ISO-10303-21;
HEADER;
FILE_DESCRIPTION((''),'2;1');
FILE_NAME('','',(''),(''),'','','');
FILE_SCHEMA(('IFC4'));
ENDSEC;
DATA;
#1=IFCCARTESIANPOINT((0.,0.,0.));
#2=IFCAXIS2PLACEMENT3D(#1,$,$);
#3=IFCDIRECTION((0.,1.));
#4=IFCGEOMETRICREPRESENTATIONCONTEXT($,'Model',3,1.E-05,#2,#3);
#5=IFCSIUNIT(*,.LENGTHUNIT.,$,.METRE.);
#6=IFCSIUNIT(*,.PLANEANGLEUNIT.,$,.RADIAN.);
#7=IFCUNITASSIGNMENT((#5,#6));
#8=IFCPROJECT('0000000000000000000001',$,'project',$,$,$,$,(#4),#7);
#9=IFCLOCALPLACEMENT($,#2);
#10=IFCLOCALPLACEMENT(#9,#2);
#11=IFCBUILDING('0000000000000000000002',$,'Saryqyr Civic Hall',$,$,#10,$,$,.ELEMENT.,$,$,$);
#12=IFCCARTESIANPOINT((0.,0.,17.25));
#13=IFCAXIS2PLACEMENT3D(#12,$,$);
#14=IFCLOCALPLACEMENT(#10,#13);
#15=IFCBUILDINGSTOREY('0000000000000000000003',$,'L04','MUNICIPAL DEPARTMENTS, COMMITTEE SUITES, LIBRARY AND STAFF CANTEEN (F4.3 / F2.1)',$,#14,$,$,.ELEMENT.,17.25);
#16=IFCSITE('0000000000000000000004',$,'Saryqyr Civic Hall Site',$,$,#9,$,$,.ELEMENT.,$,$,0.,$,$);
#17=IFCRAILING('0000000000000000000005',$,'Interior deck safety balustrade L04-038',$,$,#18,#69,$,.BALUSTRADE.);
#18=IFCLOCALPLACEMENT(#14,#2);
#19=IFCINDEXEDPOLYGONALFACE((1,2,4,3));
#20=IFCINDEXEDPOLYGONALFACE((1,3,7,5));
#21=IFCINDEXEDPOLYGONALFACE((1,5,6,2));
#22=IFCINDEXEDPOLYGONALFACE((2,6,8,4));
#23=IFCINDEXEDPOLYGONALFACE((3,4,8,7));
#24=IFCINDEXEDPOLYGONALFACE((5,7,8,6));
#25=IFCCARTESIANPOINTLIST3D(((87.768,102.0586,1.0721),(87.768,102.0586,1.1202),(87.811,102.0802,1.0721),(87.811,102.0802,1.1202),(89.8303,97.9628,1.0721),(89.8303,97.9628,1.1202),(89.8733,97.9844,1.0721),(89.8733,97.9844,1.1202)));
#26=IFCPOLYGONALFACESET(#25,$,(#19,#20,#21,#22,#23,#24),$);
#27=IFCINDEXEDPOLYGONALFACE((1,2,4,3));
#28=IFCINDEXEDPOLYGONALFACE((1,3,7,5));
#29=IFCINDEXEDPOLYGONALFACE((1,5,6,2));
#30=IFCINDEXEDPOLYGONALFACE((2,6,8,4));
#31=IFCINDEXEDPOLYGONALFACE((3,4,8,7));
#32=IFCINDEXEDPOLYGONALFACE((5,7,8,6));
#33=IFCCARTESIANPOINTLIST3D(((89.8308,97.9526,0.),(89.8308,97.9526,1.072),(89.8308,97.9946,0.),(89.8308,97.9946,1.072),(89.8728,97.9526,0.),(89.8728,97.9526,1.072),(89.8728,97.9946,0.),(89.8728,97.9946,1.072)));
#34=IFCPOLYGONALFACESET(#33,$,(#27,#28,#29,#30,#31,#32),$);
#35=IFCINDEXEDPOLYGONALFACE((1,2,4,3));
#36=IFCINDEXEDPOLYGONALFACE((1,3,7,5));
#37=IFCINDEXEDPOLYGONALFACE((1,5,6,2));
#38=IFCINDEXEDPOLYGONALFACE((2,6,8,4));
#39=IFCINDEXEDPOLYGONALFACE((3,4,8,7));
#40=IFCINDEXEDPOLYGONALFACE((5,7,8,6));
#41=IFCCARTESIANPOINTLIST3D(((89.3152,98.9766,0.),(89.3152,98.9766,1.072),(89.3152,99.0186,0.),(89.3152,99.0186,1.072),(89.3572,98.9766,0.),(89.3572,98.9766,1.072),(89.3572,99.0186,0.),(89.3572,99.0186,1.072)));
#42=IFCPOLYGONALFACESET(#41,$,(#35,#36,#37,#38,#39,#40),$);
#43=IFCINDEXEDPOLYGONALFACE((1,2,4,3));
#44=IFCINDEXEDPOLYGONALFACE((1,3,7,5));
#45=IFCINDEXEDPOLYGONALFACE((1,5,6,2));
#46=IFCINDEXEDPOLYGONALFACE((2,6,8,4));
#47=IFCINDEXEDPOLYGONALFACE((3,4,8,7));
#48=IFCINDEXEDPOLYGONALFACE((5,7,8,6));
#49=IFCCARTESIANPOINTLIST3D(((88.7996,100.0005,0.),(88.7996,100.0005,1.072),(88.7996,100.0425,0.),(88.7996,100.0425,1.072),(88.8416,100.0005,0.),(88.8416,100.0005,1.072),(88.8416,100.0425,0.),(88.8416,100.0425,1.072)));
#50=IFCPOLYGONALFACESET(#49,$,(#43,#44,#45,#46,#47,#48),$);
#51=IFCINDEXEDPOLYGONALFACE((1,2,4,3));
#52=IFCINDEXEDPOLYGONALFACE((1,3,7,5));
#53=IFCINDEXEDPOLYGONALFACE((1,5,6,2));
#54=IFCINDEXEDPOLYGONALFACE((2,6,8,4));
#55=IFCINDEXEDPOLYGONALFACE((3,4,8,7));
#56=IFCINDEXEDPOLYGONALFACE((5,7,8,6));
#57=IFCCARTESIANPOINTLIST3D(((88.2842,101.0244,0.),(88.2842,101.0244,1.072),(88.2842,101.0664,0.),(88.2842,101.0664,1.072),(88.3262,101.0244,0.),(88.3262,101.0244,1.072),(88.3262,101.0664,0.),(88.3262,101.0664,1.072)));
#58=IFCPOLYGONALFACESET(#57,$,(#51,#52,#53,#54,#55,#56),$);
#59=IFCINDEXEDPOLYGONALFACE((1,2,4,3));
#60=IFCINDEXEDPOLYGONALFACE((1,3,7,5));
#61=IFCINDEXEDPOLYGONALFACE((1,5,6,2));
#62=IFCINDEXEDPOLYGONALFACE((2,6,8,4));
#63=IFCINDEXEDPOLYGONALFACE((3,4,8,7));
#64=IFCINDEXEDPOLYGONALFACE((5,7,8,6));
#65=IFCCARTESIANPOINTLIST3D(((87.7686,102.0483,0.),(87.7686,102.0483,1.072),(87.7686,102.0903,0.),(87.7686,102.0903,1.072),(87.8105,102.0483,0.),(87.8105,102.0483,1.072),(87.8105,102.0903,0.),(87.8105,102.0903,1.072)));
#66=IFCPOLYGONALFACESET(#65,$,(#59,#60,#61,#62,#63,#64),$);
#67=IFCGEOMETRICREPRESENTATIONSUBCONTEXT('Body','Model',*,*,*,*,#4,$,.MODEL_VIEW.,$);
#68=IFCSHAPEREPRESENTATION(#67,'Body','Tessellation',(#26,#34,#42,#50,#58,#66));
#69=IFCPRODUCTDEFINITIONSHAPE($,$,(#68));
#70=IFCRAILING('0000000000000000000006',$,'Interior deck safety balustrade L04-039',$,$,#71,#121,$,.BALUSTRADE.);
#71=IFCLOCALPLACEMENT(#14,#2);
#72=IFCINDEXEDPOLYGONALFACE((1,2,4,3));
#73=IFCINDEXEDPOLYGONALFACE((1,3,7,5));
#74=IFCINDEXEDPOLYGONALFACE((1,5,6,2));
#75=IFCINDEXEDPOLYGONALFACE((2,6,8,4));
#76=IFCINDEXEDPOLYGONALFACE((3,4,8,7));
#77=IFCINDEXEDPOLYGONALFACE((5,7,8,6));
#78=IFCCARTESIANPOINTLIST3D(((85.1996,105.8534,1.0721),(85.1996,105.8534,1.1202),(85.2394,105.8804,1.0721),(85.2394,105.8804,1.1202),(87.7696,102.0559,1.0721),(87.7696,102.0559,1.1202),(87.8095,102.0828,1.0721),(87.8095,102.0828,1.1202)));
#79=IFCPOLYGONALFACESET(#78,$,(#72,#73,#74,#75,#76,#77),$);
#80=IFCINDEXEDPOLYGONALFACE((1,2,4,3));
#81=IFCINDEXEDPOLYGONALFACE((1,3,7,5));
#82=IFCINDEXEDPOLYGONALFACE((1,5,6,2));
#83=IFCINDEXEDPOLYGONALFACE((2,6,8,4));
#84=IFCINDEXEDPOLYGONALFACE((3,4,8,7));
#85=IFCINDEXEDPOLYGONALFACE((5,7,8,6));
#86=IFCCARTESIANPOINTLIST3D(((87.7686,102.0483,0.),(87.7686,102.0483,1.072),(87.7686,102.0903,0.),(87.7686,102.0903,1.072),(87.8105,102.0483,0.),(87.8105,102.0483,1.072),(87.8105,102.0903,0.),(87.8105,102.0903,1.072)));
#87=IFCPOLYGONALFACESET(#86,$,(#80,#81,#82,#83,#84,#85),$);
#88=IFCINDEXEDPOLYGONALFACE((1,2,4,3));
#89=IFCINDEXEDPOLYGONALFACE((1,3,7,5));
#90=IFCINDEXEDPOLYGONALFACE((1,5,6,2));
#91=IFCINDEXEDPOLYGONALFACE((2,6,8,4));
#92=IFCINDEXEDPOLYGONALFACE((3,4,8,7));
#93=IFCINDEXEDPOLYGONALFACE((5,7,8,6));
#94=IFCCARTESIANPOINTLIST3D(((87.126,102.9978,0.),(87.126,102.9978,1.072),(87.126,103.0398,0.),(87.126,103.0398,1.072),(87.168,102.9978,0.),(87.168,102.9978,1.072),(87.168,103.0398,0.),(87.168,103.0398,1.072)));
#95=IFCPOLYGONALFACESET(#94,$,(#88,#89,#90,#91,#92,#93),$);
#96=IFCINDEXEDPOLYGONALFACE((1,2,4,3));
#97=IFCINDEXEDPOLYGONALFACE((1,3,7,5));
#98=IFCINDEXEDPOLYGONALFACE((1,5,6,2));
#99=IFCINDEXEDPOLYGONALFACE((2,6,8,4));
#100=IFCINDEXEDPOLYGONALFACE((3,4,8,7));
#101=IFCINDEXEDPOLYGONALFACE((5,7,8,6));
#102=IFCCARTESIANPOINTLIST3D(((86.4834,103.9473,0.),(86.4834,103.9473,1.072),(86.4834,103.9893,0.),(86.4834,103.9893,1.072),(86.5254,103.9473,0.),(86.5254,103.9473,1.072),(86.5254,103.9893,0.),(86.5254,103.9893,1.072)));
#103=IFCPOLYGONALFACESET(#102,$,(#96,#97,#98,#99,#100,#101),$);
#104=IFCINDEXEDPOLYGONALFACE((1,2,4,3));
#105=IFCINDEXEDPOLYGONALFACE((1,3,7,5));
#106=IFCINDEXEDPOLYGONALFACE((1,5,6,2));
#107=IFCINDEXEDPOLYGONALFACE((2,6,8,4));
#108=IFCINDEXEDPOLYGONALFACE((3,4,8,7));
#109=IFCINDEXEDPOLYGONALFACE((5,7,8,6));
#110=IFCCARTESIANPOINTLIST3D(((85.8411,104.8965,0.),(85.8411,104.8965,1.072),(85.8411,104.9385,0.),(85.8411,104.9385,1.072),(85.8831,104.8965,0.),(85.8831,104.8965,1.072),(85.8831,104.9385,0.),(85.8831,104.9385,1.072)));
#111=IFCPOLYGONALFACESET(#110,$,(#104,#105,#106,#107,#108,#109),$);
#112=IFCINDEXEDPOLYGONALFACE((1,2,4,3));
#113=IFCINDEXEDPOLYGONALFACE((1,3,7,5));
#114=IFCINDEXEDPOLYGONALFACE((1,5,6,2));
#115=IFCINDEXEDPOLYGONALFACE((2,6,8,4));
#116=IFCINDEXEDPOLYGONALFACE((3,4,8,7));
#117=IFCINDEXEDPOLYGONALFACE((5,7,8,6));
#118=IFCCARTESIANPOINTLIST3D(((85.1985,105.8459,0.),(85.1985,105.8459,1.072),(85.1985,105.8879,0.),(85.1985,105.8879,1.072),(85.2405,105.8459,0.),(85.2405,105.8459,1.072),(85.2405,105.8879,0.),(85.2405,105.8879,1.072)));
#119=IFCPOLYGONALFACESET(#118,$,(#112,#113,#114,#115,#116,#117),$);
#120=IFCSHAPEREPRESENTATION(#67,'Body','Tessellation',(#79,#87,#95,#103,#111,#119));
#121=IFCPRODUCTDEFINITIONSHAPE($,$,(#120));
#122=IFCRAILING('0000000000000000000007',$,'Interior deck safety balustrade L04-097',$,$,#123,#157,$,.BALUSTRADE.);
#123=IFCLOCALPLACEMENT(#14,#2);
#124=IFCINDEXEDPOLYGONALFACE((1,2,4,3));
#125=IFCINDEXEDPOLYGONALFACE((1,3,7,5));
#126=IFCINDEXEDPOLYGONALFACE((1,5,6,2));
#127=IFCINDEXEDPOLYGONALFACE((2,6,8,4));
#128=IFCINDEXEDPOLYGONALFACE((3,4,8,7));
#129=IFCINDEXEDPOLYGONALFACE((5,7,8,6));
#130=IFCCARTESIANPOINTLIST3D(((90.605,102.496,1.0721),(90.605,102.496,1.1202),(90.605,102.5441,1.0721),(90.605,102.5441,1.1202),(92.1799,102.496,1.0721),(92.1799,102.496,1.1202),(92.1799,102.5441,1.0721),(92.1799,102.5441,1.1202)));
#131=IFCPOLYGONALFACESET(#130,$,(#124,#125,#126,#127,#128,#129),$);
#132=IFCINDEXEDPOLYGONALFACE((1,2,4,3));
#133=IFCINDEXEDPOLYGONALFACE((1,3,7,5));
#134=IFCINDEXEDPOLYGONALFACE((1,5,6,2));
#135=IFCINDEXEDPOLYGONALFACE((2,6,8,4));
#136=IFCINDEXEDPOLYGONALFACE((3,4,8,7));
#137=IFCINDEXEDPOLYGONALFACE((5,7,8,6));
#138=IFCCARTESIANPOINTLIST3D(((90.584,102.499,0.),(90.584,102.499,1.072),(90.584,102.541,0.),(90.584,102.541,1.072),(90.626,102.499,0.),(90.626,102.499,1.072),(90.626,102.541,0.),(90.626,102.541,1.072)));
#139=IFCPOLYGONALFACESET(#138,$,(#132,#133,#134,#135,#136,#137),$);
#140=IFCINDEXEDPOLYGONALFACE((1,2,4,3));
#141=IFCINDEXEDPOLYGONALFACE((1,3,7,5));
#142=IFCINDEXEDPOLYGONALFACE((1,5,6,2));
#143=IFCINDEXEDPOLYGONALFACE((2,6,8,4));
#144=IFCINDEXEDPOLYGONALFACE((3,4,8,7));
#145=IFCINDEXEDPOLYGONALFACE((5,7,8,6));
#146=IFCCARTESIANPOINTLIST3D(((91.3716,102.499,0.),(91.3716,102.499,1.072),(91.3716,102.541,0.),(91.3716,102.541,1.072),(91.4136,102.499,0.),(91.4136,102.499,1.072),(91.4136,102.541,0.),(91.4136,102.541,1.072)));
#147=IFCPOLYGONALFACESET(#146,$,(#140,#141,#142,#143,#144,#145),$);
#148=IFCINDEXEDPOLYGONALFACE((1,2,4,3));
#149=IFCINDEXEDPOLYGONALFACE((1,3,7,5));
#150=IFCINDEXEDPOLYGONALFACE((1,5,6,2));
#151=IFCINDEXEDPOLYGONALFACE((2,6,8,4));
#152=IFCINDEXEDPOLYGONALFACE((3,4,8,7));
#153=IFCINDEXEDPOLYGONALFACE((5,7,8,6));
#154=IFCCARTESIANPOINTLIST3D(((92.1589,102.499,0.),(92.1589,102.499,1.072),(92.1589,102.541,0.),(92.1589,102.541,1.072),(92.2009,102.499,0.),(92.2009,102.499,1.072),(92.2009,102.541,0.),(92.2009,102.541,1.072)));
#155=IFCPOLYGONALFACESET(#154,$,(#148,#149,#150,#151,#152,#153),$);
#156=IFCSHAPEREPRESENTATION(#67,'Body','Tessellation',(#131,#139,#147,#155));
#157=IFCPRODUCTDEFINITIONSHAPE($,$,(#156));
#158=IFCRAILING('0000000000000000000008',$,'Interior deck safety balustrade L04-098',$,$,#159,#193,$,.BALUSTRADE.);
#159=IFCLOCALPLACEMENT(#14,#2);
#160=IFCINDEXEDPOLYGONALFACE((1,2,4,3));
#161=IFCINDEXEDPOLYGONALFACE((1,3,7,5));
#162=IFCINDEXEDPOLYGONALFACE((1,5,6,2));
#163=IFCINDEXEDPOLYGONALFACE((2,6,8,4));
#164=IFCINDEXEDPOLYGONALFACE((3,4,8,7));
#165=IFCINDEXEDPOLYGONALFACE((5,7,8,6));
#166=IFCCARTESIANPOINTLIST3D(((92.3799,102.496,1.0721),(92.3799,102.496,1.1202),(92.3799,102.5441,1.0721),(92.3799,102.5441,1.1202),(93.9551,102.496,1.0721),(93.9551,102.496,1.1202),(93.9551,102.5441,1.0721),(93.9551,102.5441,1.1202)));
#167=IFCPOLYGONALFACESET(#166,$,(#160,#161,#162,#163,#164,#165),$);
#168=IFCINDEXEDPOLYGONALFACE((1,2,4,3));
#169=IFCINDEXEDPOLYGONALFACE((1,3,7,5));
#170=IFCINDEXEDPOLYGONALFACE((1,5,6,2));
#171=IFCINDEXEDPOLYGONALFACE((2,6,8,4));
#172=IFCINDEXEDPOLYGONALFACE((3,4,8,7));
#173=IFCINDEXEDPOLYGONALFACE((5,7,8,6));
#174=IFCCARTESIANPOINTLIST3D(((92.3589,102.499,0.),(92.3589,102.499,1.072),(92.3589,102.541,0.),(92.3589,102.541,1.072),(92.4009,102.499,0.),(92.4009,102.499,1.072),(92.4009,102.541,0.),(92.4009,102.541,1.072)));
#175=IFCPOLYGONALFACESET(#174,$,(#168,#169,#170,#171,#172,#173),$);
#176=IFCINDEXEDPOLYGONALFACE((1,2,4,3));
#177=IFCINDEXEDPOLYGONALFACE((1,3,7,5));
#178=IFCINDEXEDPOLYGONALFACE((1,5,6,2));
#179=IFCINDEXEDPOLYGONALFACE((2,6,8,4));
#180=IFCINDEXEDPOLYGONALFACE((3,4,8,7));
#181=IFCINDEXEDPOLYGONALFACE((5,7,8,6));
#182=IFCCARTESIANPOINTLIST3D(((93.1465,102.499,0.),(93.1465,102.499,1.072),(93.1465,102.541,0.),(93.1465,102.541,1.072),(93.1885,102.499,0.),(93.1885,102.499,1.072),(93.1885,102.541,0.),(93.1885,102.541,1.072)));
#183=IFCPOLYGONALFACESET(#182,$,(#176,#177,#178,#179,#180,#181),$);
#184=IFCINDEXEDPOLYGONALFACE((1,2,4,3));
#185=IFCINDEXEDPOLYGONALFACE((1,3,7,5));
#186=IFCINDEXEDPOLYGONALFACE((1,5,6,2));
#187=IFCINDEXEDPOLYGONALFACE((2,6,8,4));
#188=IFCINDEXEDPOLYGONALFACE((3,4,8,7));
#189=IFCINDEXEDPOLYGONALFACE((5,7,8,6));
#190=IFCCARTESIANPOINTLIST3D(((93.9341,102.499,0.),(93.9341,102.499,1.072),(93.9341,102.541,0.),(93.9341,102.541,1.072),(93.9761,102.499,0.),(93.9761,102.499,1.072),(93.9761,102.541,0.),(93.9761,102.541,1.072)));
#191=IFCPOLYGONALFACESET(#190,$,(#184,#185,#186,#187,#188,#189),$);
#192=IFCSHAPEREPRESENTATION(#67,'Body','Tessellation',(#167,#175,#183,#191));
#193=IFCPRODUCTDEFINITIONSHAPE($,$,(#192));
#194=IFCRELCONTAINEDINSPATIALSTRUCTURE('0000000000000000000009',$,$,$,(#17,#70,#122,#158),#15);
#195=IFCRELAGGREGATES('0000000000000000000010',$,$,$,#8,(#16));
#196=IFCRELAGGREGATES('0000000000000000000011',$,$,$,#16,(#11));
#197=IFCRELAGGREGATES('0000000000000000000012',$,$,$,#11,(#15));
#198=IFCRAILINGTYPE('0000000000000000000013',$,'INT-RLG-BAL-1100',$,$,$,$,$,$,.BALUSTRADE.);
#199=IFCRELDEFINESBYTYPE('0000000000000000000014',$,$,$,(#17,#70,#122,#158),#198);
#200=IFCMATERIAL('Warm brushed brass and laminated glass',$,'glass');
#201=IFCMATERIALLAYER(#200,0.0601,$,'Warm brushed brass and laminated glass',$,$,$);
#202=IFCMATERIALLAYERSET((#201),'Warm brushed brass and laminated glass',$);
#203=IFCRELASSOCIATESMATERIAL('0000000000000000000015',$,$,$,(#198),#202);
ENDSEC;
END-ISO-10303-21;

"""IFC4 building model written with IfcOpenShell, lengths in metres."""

from ifc_helpers import new_model, si_unit, direction, frame, origin, origin_2d, place, context, subcontext, project, spatial, rectangle, extrude, material, layer, layer_set, type_object, element, save


model = new_model("IFC4")

# Units and contexts
model_context = context("Model", 3, precision=1e-05, world=origin(), true_north=direction((0.0, 1.0)))
body_context = subcontext(model_context, "Body", "Model", "MODEL_VIEW")
ifc_project = project(units=[si_unit("LENGTHUNIT", "METRE"), si_unit("PLANEANGLEUNIT", "RADIAN")], contexts=[model_context])

# Site, building, storey
site_placement = place(None, origin())
site = spatial("IfcSite", under=ifc_project, at=site_placement, Name="Saryqyr Civic Hall Site", CompositionType="ELEMENT", RefElevation=0.0)
building_placement = place(site_placement, origin())
building = spatial("IfcBuilding", under=site, at=building_placement, Name="Saryqyr Civic Hall", CompositionType="ELEMENT")
storey_placement = place(building_placement, frame((0.0, 0.0, 17.25)))
storey = spatial("IfcBuildingStorey", under=building, at=storey_placement, Name="L04", Description="MUNICIPAL DEPARTMENTS, COMMITTEE SUITES, LIBRARY AND STAFF CANTEEN (F4.3 / F2.1)", CompositionType="ELEMENT", Elevation=17.25)

# Railings
ifc_material_1 = material(Name="Warm brushed brass and laminated glass", Category="glass")
ifc_layer_1 = layer(ifc_material_1, 0.0601, Name="Warm brushed brass and laminated glass")
ifc_layer_set_1 = layer_set([ifc_layer_1], Name="Warm brushed brass and laminated glass")
railing_type = type_object("IfcRailingType", Name="INT-RLG-BAL-1100", PredefinedType="BALUSTRADE", material=ifc_layer_set_1)
railing_1_placement = place(storey_placement, frame((89.8518, 97.9736, 0.0)))
element("IfcRailing", 1, at=railing_1_placement, inside=storey, type_object=railing_type, Name="Interior deck safety balustrade L04-038", PredefinedType="BALUSTRADE", context=body_context, shape_type="SweptSolid", body=[
    extrude(rectangle(XDim=0.0481, YDim=0.0481, at=origin_2d()), frame((0.0, 0.0, 1.0962), z_axis=(-0.449725, 0.893167, 0.0), x_axis=(-0.893167, -0.449725, 0.0)), (0.0, 0.0, 1.0), 4.5857),
    extrude(rectangle(XDim=0.042, YDim=0.042, at=origin_2d()), origin(), (0.0, 0.0, 1.0), 1.072),
    extrude(rectangle(XDim=0.042, YDim=0.042, at=origin_2d()), frame((-0.5156, 1.0239, 0.0)), (0.0, 0.0, 1.0), 1.072),
    extrude(rectangle(XDim=0.042, YDim=0.042, at=origin_2d()), frame((-1.0312, 2.0479, 0.0)), (0.0, 0.0, 1.0), 1.072),
    extrude(rectangle(XDim=0.042, YDim=0.042, at=origin_2d()), frame((-1.5466, 3.0718, 0.0)), (0.0, 0.0, 1.0), 1.072),
    extrude(rectangle(XDim=0.042, YDim=0.042, at=origin_2d()), frame((-2.0623, 4.0957, 0.0)), (0.0, 0.0, 1.0), 1.072),
])
railing_2_placement = place(storey_placement, frame((87.7896, 102.0693, 0.0)))
element("IfcRailing", 2, at=railing_2_placement, inside=storey, type_object=railing_type, Name="Interior deck safety balustrade L04-039", PredefinedType="BALUSTRADE", context=body_context, shape_type="SweptSolid", body=[
    extrude(rectangle(XDim=0.0481, YDim=0.0481, at=origin_2d()), frame((0.0, 0.0, 1.0962), z_axis=(-0.560474, 0.828172, 0.0), x_axis=(-0.828172, -0.560474, 0.0)), (0.0, 0.0, 1.0), 4.5854),
    extrude(rectangle(XDim=0.042, YDim=0.042, at=origin_2d()), origin(), (0.0, 0.0, 1.0), 1.072),
    extrude(rectangle(XDim=0.042, YDim=0.042, at=origin_2d()), frame((-0.6426, 0.9495, 0.0)), (0.0, 0.0, 1.0), 1.072),
    extrude(rectangle(XDim=0.042, YDim=0.042, at=origin_2d()), frame((-1.2852, 1.8989, 0.0)), (0.0, 0.0, 1.0), 1.072),
    extrude(rectangle(XDim=0.042, YDim=0.042, at=origin_2d()), frame((-1.9275, 2.8481, 0.0)), (0.0, 0.0, 1.0), 1.072),
    extrude(rectangle(XDim=0.042, YDim=0.042, at=origin_2d()), frame((-2.5701, 3.7976, 0.0)), (0.0, 0.0, 1.0), 1.072),
])
railing_3_placement = place(storey_placement, frame((90.605, 102.52, 0.0)))
element("IfcRailing", 3, at=railing_3_placement, inside=storey, type_object=railing_type, Name="Interior deck safety balustrade L04-097", PredefinedType="BALUSTRADE", context=body_context, shape_type="SweptSolid", body=[
    extrude(rectangle(XDim=0.0481, YDim=0.0481, at=origin_2d()), frame((0.0, 0.0, 1.0962), z_axis=(1.0, 0.0, 0.0), x_axis=(0.0, 1.0, 0.0)), (0.0, 0.0, 1.0), 1.575),
    extrude(rectangle(XDim=0.042, YDim=0.042, at=origin_2d()), origin(), (0.0, 0.0, 1.0), 1.072),
    extrude(rectangle(XDim=0.042, YDim=0.042, at=origin_2d()), frame((0.7876, 0.0, 0.0)), (0.0, 0.0, 1.0), 1.072),
    extrude(rectangle(XDim=0.042, YDim=0.042, at=origin_2d()), frame((1.575, 0.0, 0.0)), (0.0, 0.0, 1.0), 1.072),
])
railing_4_placement = place(storey_placement, frame((92.3799, 102.52, 0.0)))
element("IfcRailing", 4, at=railing_4_placement, inside=storey, type_object=railing_type, Name="Interior deck safety balustrade L04-098", PredefinedType="BALUSTRADE", context=body_context, shape_type="SweptSolid", body=[
    extrude(rectangle(XDim=0.0481, YDim=0.0481, at=origin_2d()), frame((0.0, 0.0, 1.0962), z_axis=(1.0, 0.0, 0.0), x_axis=(0.0, 1.0, 0.0)), (0.0, 0.0, 1.0), 1.5752),
    extrude(rectangle(XDim=0.042, YDim=0.042, at=origin_2d()), origin(), (0.0, 0.0, 1.0), 1.072),
    extrude(rectangle(XDim=0.042, YDim=0.042, at=origin_2d()), frame((0.7876, 0.0, 0.0)), (0.0, 0.0, 1.0), 1.072),
    extrude(rectangle(XDim=0.042, YDim=0.042, at=origin_2d()), frame((1.5752, 0.0, 0.0)), (0.0, 0.0, 1.0), 1.072),
])

save(model, "model.ifc")
